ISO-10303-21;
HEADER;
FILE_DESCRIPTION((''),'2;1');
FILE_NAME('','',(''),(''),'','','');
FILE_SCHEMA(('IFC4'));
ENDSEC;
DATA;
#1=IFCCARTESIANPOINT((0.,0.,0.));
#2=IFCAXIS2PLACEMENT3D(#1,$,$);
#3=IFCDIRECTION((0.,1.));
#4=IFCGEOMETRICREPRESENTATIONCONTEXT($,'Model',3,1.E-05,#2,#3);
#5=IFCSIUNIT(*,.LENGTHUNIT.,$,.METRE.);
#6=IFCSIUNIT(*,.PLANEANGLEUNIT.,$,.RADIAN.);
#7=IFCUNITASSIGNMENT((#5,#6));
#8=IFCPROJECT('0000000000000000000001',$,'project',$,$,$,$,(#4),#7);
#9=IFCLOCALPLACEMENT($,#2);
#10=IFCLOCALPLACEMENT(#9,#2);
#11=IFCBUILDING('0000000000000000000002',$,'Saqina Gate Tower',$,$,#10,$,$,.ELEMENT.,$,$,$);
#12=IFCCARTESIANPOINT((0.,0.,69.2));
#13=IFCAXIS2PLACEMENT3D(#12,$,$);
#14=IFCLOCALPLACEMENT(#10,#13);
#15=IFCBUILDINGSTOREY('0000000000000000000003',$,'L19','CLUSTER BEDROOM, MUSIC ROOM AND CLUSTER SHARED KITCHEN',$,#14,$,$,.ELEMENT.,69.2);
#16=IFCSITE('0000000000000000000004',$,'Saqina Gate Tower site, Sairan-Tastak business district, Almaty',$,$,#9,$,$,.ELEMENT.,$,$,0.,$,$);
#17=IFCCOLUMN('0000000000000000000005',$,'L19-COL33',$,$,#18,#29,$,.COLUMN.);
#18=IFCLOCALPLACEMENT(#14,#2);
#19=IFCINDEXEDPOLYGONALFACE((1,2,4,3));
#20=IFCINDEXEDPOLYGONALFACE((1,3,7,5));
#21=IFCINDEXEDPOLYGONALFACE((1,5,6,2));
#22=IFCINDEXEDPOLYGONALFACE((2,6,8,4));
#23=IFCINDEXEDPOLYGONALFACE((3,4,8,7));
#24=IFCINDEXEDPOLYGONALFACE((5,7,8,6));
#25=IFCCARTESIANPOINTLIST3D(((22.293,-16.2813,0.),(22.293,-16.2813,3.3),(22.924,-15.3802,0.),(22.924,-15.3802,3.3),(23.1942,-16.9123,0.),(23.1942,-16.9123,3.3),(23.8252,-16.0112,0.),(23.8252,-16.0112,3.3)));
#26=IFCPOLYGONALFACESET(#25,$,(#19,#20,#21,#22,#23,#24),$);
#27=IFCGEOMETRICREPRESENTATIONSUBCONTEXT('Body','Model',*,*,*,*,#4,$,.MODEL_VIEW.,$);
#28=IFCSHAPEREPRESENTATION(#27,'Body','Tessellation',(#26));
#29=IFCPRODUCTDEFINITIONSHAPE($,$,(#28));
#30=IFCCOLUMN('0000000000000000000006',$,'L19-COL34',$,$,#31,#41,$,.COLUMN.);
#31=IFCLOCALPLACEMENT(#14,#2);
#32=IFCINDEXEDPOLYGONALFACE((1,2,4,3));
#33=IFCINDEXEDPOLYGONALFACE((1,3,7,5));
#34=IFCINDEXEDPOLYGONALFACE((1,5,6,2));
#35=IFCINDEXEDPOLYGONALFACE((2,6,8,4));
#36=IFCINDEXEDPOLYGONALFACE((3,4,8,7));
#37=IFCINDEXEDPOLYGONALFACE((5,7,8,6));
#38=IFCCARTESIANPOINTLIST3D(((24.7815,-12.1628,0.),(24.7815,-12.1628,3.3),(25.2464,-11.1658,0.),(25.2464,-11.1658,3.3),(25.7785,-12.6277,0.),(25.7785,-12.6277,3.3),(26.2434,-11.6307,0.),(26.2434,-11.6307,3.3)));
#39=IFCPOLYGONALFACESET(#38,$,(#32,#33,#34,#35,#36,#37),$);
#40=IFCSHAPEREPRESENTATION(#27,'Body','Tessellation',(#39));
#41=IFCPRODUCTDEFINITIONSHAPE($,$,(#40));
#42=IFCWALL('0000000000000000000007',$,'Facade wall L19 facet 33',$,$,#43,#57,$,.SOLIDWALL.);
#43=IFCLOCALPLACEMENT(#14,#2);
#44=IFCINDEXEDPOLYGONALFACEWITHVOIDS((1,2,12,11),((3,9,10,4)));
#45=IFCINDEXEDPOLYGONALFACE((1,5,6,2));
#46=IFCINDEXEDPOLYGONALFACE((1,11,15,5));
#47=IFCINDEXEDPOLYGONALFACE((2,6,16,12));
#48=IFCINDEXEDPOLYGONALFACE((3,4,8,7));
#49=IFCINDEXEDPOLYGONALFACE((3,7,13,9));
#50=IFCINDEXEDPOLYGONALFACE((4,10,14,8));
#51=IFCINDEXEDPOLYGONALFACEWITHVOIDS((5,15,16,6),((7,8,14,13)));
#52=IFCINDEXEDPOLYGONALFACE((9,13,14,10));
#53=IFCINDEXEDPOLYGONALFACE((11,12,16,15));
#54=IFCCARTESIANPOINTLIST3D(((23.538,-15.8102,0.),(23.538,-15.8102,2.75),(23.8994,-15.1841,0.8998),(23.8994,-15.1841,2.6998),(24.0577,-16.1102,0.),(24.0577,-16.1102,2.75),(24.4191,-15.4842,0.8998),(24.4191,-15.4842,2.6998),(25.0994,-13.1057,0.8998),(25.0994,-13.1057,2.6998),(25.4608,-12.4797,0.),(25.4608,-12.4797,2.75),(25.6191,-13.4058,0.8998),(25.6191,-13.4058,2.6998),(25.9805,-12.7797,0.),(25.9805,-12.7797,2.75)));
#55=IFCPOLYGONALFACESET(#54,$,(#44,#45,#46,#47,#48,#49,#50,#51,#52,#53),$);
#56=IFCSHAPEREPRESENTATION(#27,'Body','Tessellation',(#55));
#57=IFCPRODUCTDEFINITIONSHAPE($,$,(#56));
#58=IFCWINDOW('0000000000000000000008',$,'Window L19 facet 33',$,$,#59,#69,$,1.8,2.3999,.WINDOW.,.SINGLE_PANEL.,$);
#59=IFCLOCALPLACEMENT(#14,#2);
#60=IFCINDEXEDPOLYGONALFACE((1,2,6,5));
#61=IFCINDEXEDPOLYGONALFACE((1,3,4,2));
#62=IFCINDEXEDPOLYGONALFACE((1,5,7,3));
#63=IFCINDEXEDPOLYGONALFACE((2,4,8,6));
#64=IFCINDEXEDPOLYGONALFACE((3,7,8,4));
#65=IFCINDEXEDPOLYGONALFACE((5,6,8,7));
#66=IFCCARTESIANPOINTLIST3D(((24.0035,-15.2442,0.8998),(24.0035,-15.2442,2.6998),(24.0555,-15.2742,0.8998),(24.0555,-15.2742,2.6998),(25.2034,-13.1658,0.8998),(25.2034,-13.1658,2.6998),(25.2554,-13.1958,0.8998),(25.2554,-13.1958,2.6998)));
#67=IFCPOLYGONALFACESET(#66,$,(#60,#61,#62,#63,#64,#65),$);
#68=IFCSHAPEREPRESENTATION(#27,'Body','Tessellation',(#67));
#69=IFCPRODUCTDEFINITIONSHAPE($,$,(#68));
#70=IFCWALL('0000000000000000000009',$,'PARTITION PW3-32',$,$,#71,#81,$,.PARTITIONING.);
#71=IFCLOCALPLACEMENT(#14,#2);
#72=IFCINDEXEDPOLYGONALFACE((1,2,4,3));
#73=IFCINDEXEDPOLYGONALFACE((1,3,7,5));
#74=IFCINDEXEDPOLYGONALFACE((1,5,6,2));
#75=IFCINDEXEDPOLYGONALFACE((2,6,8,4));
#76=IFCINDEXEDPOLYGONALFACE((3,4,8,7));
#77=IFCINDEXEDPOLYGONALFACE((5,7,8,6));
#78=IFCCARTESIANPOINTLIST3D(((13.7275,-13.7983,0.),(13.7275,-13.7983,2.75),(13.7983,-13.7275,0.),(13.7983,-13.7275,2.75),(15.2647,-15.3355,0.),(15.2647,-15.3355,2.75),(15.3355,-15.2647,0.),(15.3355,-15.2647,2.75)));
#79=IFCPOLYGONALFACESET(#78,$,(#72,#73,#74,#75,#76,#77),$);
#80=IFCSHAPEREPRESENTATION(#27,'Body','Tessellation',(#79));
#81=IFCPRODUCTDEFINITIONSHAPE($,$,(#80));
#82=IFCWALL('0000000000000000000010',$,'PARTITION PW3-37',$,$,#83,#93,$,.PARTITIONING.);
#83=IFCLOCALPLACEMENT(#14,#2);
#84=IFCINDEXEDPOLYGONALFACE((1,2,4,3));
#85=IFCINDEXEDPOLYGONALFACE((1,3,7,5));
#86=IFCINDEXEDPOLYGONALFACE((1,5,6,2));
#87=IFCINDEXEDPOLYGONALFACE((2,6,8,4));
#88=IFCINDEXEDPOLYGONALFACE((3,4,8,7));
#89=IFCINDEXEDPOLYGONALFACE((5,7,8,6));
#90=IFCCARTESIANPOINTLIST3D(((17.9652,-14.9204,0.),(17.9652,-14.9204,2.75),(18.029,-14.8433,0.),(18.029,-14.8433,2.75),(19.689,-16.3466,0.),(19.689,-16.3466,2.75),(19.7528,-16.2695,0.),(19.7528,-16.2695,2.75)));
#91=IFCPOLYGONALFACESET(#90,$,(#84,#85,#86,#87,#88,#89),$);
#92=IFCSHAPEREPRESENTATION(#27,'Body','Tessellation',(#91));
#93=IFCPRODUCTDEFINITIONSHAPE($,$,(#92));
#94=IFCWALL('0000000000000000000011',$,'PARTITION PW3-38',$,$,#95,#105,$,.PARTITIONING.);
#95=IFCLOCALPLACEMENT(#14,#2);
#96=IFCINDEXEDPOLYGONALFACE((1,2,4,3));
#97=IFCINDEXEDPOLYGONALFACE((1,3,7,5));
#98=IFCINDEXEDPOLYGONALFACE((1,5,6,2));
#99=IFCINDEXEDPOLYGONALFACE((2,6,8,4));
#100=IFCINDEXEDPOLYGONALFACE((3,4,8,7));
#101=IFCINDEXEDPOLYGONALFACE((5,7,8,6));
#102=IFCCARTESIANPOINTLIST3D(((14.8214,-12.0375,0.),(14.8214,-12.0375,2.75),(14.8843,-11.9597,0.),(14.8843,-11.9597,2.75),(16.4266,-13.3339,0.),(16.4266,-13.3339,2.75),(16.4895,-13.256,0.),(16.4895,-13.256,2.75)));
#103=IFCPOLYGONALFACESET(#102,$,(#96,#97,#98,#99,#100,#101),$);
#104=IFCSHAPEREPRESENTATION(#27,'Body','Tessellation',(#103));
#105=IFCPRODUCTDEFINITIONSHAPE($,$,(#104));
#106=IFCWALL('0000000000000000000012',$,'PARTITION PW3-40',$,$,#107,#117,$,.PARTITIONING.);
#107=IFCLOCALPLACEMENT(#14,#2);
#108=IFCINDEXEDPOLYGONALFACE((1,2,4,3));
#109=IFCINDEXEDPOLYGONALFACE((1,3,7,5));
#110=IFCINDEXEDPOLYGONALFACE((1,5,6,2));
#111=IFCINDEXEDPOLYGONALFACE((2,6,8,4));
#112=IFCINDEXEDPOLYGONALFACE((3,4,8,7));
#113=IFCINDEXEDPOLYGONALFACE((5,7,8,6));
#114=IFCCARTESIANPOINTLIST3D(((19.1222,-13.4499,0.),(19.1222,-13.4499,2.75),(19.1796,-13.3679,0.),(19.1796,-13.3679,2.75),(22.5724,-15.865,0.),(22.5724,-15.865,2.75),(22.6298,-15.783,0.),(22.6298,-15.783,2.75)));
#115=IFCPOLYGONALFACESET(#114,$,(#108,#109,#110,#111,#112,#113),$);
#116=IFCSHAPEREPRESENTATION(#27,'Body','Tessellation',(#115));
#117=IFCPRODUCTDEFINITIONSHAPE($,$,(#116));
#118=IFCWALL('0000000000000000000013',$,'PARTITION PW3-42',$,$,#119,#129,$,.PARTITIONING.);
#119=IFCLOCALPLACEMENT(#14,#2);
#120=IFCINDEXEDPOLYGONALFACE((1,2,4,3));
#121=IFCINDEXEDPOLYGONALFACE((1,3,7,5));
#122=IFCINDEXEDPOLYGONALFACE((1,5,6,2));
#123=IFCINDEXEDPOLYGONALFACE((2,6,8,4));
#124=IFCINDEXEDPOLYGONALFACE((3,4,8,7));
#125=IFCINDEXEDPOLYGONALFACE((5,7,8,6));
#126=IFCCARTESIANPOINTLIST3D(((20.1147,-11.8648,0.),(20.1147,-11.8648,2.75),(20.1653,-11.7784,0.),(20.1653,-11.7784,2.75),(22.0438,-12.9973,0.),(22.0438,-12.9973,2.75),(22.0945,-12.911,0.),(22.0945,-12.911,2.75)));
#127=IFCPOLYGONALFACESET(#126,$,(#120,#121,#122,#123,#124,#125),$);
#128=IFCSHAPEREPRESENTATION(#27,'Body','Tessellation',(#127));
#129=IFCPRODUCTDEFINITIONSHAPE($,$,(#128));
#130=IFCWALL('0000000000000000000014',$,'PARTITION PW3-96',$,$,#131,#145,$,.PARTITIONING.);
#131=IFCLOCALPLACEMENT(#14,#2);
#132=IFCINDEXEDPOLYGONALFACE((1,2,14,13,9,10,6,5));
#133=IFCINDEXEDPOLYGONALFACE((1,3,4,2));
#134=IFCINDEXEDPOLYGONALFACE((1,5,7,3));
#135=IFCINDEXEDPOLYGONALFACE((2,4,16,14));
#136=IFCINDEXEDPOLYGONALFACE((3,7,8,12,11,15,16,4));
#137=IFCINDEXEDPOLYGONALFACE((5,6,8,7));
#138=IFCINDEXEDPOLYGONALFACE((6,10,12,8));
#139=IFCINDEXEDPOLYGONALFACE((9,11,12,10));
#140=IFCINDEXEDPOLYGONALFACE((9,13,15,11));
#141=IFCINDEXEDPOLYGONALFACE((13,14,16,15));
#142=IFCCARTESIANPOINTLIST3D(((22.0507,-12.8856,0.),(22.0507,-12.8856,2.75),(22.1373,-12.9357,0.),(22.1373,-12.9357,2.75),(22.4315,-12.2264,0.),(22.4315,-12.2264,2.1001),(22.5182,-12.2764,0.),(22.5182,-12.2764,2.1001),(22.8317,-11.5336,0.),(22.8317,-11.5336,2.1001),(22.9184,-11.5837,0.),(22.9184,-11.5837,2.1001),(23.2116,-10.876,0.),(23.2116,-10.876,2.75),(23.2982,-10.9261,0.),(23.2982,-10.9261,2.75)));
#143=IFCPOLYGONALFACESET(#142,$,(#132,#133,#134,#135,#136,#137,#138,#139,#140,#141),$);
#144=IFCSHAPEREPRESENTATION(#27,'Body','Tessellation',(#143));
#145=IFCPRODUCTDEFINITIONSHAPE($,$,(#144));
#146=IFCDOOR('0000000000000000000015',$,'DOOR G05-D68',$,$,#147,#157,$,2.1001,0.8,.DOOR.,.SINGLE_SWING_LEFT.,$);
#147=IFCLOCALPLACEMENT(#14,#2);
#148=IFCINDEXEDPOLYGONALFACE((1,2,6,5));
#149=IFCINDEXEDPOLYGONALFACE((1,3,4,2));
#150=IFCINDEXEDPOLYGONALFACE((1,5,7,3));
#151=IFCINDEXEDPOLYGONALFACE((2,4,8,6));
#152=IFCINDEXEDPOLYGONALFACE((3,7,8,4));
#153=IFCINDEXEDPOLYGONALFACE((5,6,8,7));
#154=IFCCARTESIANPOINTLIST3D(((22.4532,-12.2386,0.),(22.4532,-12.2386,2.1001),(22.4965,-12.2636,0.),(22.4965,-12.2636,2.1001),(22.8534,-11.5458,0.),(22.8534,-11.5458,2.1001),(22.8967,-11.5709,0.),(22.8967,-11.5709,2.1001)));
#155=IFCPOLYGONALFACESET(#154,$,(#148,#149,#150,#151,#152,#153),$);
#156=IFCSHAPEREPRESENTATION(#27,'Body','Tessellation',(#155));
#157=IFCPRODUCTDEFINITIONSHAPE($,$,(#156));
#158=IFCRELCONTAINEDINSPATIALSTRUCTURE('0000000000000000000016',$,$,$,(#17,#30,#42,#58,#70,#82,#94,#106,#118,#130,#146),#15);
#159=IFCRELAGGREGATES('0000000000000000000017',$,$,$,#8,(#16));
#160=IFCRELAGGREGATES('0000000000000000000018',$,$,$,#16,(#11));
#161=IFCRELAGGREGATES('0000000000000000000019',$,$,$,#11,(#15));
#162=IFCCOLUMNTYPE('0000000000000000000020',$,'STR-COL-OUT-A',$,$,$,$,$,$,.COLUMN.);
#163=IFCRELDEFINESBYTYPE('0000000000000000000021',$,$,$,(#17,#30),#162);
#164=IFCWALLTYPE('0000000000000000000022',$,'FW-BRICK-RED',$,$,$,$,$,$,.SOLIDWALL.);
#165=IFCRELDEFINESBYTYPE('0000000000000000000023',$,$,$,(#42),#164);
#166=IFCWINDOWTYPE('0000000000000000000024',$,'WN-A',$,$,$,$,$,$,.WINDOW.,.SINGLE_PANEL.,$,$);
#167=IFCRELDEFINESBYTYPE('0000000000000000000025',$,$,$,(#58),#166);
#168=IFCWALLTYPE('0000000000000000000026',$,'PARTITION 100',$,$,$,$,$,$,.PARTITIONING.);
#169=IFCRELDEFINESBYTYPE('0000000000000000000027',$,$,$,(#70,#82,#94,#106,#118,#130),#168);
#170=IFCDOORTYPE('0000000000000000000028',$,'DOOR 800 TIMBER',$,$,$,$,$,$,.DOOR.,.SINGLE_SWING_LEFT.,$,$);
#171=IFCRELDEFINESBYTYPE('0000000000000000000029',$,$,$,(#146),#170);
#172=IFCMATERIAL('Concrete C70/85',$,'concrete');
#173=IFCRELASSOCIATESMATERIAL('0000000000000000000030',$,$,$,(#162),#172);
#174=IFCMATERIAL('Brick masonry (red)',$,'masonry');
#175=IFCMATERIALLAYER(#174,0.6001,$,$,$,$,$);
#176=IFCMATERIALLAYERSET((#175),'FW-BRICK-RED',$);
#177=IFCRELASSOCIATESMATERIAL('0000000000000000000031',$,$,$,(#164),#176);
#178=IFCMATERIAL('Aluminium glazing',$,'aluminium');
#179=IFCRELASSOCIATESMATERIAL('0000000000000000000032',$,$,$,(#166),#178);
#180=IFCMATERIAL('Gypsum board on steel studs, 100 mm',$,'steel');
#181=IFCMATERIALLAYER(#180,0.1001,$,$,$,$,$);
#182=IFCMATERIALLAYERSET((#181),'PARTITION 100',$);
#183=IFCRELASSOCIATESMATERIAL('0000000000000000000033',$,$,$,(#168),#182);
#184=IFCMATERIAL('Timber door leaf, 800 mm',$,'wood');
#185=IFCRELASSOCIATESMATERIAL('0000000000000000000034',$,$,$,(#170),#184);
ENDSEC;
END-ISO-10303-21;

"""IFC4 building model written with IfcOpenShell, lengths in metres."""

from ifc_helpers import new_model, si_unit, direction, frame, frame_2d, origin, origin_2d, place, context, subcontext, project, spatial, rectangle, extrude, material, layer, layer_set, material_profile, profile_set, type_object, element, fill, save


model = new_model("IFC4")

# Units and contexts
model_context = context("Model", 3, precision=1e-05, world=origin(), true_north=direction((0.0, 1.0)))
body_context = subcontext(model_context, "Body", "Model", "MODEL_VIEW")
ifc_project = project(units=[si_unit("LENGTHUNIT", "METRE"), si_unit("PLANEANGLEUNIT", "RADIAN")], contexts=[model_context])

# Site, building, storey
site_placement = place(None, origin())
site = spatial("IfcSite", under=ifc_project, at=site_placement, Name="Saqina Gate Tower site, Sairan-Tastak business district, Almaty", CompositionType="ELEMENT", RefElevation=0.0)
building_placement = place(site_placement, origin())
building = spatial("IfcBuilding", under=site, at=building_placement, Name="Saqina Gate Tower", CompositionType="ELEMENT")
storey_placement = place(building_placement, frame((0.0, 0.0, 69.2)))
storey = spatial("IfcBuildingStorey", under=building, at=storey_placement, Name="L19", Description="CLUSTER BEDROOM, MUSIC ROOM AND CLUSTER SHARED KITCHEN", CompositionType="ELEMENT", Elevation=69.2)

# Columns
ifc_material_1 = material(Name="Concrete C70/85", Category="concrete")
ifc_material_profile = material_profile(ifc_material_1, rectangle(XDim=1.1001, YDim=1.1001, at=origin_2d()), Name="RC 1100x1100")
ifc_profile_set = profile_set([ifc_material_profile], Name="Concrete C70/85")
column_type = type_object("IfcColumnType", Name="STR-COL-OUT-A", PredefinedType="COLUMN", material=ifc_profile_set)
for number, where, z_axis, x_axis, name in (
    (1, (23.0591, -16.1462, 0.0), (0.0, 0.0, 1.0), (0.819152, -0.573576, 0.0), "L19-COL33"),
    (2, (25.5125, -11.8967, 0.0), (0.0, 0.0, 1.0), (0.906308, -0.422618, 0.0), "L19-COL34"),
):
    element("IfcColumn", number, at=place(storey_placement, frame(where, z_axis=z_axis, x_axis=x_axis)), inside=storey, type_object=column_type, Name=name, PredefinedType="COLUMN", context=body_context, shape_type="SweptSolid", body=[
        extrude(rectangle(XDim=1.1001, YDim=1.1001, at=origin_2d()), origin(), (0.0, 0.0, 1.0), 3.3),
    ])

# Wall, opening, window
ifc_material_2 = material(Name="Brick masonry (red)", Category="masonry")
ifc_layer_1 = layer(ifc_material_2, 0.6001)
ifc_layer_set_1 = layer_set([ifc_layer_1], Name="FW-BRICK-RED")
wall_type_1 = type_object("IfcWallType", Name="FW-BRICK-RED", PredefinedType="SOLIDWALL", material=ifc_layer_set_1)
wall_1_placement = place(storey_placement, frame((23.7979, -15.9602, 0.0), z_axis=(0.0, 0.0, 1.0), x_axis=(0.49999, 0.866031, 0.0)))
wall_1 = element("IfcWall", 3, at=wall_1_placement, inside=storey, type_object=wall_type_1, Name="Facade wall L19 facet 33", PredefinedType="SOLIDWALL", context=body_context, shape_type="SweptSolid", body=[
    extrude(rectangle(XDim=3.8457, YDim=0.6001, at=frame_2d((1.9229, 0.0))), origin(), (0.0, 0.0, 1.0), 2.75),
])
opening_1_placement = place(wall_1_placement, frame((0.7229, 0.0, 0.8999)))
opening_1 = element("IfcOpeningElement", 4, at=opening_1_placement, cuts=wall_1, PredefinedType="OPENING", context=body_context, shape_type="SweptSolid", body=[
    extrude(rectangle(XDim=2.3999, YDim=1.8, at=frame_2d((1.2, 0.8999))), frame((0.0, 0.312, 0.0), z_axis=(0.0, -1.0, 0.0), x_axis=(1.0, 0.0, 0.0)), (0.0, 0.0, 1.0), 0.624),
])
ifc_material_3 = material(Name="Aluminium glazing", Category="aluminium")
window_type = type_object("IfcWindowType", Name="WN-A", PartitioningType="SINGLE_PANEL", PredefinedType="WINDOW", material=ifc_material_3)
window_placement = place(opening_1_placement, origin())
window = element("IfcWindow", 5, at=window_placement, inside=storey, type_object=window_type, Name="Window L19 facet 33", OverallHeight=1.8, OverallWidth=2.3999, PartitioningType="SINGLE_PANEL", PredefinedType="WINDOW", context=body_context, shape_type="SweptSolid", body=[
    extrude(rectangle(XDim=2.3999, YDim=1.8, at=frame_2d((1.2, 0.8999))), frame((0.0, 0.1799, 0.0), z_axis=(0.0, -1.0, 0.0), x_axis=(1.0, 0.0, 0.0)), (0.0, 0.0, 1.0), 0.0601),
])
fill(opening_1, window)

# Walls
ifc_material_4 = material(Name="Gypsum board on steel studs, 100 mm", Category="steel")
ifc_layer_2 = layer(ifc_material_4, 0.1001)
ifc_layer_set_2 = layer_set([ifc_layer_2], Name="PARTITION 100")
wall_type_2 = type_object("IfcWallType", Name="PARTITION 100", PredefinedType="PARTITIONING", material=ifc_layer_set_2)
wall_2_placement = place(storey_placement, frame((13.7629, -13.7629, 0.0), z_axis=(0.0, 0.0, 1.0), x_axis=(0.707107, -0.707107, 0.0)))
element("IfcWall", 6, at=wall_2_placement, inside=storey, type_object=wall_type_2, Name="PARTITION PW3-32", PredefinedType="PARTITIONING", context=body_context, shape_type="SweptSolid", body=[
    extrude(rectangle(XDim=2.1738, YDim=0.1001, at=frame_2d((1.0869, 0.0))), origin(), (0.0, 0.0, 1.0), 2.75),
])
wall_3_placement = place(storey_placement, frame((17.9971, -14.8818, 0.0), z_axis=(0.0, 0.0, 1.0), x_axis=(0.770479, -0.637465, 0.0)))
element("IfcWall", 7, at=wall_3_placement, inside=storey, type_object=wall_type_2, Name="PARTITION PW3-37", PredefinedType="PARTITIONING", context=body_context, shape_type="SweptSolid", body=[
    extrude(rectangle(XDim=2.2373, YDim=0.1001, at=frame_2d((1.1187, 0.0))), origin(), (0.0, 0.0, 1.0), 2.75),
])
wall_4_placement = place(storey_placement, frame((14.8528, -11.9985, 0.0), z_axis=(0.0, 0.0, 1.0), x_axis=(0.777975, -0.628296, 0.0)))
element("IfcWall", 8, at=wall_4_placement, inside=storey, type_object=wall_type_2, Name="PARTITION PW3-38", PredefinedType="PARTITIONING", context=body_context, shape_type="SweptSolid", body=[
    extrude(rectangle(XDim=2.0632, YDim=0.1001, at=frame_2d((1.0317, 0.0))), origin(), (0.0, 0.0, 1.0), 2.75),
])
wall_5_placement = place(storey_placement, frame((19.1509, -13.4089, 0.0), z_axis=(0.0, 0.0, 1.0), x_axis=(0.819243, -0.573447, 0.0)))
element("IfcWall", 9, at=wall_5_placement, inside=storey, type_object=wall_type_2, Name="PARTITION PW3-40", PredefinedType="PARTITIONING", context=body_context, shape_type="SweptSolid", body=[
    extrude(rectangle(XDim=4.2114, YDim=0.1001, at=frame_2d((2.1057, 0.0))), origin(), (0.0, 0.0, 1.0), 2.75),
])
wall_6_placement = place(storey_placement, frame((20.1399, -11.8215, 0.0), z_axis=(0.0, 0.0, 1.0), x_axis=(0.862374, -0.506271, 0.0)))
element("IfcWall", 10, at=wall_6_placement, inside=storey, type_object=wall_type_2, Name="PARTITION PW3-42", PredefinedType="PARTITIONING", context=body_context, shape_type="SweptSolid", body=[
    extrude(rectangle(XDim=2.2371, YDim=0.1001, at=frame_2d((1.1187, 0.0))), origin(), (0.0, 0.0, 1.0), 2.75),
])

# Wall, opening, door
wall_7_placement = place(storey_placement, frame((22.094, -12.9106, 0.0), z_axis=(0.0, 0.0, 1.0), x_axis=(0.500223, 0.865896, 0.0)))
wall_7 = element("IfcWall", 11, at=wall_7_placement, inside=storey, type_object=wall_type_2, Name="PARTITION PW3-96", PredefinedType="PARTITIONING", context=body_context, shape_type="SweptSolid", body=[
    extrude(rectangle(XDim=2.3208, YDim=0.1001, at=frame_2d((1.1604, 0.0))), origin(), (0.0, 0.0, 1.0), 2.75),
])
opening_2_placement = place(wall_7_placement, frame((0.7615, 0.0, 0.0)))
opening_2 = element("IfcOpeningElement", 12, at=opening_2_placement, cuts=wall_7, PredefinedType="OPENING", context=body_context, shape_type="SweptSolid", body=[
    extrude(rectangle(XDim=0.8, YDim=2.1001, at=frame_2d((0.3999, 1.05))), frame((0.0, 0.062, 0.0), z_axis=(0.0, -1.0, 0.0), x_axis=(1.0, 0.0, 0.0)), (0.0, 0.0, 1.0), 0.124),
])
ifc_material_5 = material(Name="Timber door leaf, 800 mm", Category="wood")
door_type_1 = type_object("IfcDoorType", Name="DOOR 800 TIMBER", OperationType="SINGLE_SWING_LEFT", PredefinedType="DOOR", material=ifc_material_5)
door_1_placement = place(opening_2_placement, frame((0.8, 0.0, 0.0), z_axis=(0.0, 0.0, 1.0), x_axis=(-1.0, 0.0, 0.0)))
door_1 = element("IfcDoor", 13, at=door_1_placement, inside=storey, type_object=door_type_1, Name="DOOR G05-D68", OperationType="SINGLE_SWING_LEFT", OverallHeight=2.1001, OverallWidth=0.8, PredefinedType="DOOR", context=body_context, shape_type="SweptSolid", body=[
    extrude(rectangle(XDim=0.8, YDim=2.1001, at=frame_2d((0.3999, 1.05))), frame((0.0, 0.0249, 0.0), z_axis=(0.0, -1.0, 0.0), x_axis=(1.0, 0.0, 0.0)), (0.0, 0.0, 1.0), 0.05),
])
fill(opening_2, door_1)

save(model, "model.ifc")
